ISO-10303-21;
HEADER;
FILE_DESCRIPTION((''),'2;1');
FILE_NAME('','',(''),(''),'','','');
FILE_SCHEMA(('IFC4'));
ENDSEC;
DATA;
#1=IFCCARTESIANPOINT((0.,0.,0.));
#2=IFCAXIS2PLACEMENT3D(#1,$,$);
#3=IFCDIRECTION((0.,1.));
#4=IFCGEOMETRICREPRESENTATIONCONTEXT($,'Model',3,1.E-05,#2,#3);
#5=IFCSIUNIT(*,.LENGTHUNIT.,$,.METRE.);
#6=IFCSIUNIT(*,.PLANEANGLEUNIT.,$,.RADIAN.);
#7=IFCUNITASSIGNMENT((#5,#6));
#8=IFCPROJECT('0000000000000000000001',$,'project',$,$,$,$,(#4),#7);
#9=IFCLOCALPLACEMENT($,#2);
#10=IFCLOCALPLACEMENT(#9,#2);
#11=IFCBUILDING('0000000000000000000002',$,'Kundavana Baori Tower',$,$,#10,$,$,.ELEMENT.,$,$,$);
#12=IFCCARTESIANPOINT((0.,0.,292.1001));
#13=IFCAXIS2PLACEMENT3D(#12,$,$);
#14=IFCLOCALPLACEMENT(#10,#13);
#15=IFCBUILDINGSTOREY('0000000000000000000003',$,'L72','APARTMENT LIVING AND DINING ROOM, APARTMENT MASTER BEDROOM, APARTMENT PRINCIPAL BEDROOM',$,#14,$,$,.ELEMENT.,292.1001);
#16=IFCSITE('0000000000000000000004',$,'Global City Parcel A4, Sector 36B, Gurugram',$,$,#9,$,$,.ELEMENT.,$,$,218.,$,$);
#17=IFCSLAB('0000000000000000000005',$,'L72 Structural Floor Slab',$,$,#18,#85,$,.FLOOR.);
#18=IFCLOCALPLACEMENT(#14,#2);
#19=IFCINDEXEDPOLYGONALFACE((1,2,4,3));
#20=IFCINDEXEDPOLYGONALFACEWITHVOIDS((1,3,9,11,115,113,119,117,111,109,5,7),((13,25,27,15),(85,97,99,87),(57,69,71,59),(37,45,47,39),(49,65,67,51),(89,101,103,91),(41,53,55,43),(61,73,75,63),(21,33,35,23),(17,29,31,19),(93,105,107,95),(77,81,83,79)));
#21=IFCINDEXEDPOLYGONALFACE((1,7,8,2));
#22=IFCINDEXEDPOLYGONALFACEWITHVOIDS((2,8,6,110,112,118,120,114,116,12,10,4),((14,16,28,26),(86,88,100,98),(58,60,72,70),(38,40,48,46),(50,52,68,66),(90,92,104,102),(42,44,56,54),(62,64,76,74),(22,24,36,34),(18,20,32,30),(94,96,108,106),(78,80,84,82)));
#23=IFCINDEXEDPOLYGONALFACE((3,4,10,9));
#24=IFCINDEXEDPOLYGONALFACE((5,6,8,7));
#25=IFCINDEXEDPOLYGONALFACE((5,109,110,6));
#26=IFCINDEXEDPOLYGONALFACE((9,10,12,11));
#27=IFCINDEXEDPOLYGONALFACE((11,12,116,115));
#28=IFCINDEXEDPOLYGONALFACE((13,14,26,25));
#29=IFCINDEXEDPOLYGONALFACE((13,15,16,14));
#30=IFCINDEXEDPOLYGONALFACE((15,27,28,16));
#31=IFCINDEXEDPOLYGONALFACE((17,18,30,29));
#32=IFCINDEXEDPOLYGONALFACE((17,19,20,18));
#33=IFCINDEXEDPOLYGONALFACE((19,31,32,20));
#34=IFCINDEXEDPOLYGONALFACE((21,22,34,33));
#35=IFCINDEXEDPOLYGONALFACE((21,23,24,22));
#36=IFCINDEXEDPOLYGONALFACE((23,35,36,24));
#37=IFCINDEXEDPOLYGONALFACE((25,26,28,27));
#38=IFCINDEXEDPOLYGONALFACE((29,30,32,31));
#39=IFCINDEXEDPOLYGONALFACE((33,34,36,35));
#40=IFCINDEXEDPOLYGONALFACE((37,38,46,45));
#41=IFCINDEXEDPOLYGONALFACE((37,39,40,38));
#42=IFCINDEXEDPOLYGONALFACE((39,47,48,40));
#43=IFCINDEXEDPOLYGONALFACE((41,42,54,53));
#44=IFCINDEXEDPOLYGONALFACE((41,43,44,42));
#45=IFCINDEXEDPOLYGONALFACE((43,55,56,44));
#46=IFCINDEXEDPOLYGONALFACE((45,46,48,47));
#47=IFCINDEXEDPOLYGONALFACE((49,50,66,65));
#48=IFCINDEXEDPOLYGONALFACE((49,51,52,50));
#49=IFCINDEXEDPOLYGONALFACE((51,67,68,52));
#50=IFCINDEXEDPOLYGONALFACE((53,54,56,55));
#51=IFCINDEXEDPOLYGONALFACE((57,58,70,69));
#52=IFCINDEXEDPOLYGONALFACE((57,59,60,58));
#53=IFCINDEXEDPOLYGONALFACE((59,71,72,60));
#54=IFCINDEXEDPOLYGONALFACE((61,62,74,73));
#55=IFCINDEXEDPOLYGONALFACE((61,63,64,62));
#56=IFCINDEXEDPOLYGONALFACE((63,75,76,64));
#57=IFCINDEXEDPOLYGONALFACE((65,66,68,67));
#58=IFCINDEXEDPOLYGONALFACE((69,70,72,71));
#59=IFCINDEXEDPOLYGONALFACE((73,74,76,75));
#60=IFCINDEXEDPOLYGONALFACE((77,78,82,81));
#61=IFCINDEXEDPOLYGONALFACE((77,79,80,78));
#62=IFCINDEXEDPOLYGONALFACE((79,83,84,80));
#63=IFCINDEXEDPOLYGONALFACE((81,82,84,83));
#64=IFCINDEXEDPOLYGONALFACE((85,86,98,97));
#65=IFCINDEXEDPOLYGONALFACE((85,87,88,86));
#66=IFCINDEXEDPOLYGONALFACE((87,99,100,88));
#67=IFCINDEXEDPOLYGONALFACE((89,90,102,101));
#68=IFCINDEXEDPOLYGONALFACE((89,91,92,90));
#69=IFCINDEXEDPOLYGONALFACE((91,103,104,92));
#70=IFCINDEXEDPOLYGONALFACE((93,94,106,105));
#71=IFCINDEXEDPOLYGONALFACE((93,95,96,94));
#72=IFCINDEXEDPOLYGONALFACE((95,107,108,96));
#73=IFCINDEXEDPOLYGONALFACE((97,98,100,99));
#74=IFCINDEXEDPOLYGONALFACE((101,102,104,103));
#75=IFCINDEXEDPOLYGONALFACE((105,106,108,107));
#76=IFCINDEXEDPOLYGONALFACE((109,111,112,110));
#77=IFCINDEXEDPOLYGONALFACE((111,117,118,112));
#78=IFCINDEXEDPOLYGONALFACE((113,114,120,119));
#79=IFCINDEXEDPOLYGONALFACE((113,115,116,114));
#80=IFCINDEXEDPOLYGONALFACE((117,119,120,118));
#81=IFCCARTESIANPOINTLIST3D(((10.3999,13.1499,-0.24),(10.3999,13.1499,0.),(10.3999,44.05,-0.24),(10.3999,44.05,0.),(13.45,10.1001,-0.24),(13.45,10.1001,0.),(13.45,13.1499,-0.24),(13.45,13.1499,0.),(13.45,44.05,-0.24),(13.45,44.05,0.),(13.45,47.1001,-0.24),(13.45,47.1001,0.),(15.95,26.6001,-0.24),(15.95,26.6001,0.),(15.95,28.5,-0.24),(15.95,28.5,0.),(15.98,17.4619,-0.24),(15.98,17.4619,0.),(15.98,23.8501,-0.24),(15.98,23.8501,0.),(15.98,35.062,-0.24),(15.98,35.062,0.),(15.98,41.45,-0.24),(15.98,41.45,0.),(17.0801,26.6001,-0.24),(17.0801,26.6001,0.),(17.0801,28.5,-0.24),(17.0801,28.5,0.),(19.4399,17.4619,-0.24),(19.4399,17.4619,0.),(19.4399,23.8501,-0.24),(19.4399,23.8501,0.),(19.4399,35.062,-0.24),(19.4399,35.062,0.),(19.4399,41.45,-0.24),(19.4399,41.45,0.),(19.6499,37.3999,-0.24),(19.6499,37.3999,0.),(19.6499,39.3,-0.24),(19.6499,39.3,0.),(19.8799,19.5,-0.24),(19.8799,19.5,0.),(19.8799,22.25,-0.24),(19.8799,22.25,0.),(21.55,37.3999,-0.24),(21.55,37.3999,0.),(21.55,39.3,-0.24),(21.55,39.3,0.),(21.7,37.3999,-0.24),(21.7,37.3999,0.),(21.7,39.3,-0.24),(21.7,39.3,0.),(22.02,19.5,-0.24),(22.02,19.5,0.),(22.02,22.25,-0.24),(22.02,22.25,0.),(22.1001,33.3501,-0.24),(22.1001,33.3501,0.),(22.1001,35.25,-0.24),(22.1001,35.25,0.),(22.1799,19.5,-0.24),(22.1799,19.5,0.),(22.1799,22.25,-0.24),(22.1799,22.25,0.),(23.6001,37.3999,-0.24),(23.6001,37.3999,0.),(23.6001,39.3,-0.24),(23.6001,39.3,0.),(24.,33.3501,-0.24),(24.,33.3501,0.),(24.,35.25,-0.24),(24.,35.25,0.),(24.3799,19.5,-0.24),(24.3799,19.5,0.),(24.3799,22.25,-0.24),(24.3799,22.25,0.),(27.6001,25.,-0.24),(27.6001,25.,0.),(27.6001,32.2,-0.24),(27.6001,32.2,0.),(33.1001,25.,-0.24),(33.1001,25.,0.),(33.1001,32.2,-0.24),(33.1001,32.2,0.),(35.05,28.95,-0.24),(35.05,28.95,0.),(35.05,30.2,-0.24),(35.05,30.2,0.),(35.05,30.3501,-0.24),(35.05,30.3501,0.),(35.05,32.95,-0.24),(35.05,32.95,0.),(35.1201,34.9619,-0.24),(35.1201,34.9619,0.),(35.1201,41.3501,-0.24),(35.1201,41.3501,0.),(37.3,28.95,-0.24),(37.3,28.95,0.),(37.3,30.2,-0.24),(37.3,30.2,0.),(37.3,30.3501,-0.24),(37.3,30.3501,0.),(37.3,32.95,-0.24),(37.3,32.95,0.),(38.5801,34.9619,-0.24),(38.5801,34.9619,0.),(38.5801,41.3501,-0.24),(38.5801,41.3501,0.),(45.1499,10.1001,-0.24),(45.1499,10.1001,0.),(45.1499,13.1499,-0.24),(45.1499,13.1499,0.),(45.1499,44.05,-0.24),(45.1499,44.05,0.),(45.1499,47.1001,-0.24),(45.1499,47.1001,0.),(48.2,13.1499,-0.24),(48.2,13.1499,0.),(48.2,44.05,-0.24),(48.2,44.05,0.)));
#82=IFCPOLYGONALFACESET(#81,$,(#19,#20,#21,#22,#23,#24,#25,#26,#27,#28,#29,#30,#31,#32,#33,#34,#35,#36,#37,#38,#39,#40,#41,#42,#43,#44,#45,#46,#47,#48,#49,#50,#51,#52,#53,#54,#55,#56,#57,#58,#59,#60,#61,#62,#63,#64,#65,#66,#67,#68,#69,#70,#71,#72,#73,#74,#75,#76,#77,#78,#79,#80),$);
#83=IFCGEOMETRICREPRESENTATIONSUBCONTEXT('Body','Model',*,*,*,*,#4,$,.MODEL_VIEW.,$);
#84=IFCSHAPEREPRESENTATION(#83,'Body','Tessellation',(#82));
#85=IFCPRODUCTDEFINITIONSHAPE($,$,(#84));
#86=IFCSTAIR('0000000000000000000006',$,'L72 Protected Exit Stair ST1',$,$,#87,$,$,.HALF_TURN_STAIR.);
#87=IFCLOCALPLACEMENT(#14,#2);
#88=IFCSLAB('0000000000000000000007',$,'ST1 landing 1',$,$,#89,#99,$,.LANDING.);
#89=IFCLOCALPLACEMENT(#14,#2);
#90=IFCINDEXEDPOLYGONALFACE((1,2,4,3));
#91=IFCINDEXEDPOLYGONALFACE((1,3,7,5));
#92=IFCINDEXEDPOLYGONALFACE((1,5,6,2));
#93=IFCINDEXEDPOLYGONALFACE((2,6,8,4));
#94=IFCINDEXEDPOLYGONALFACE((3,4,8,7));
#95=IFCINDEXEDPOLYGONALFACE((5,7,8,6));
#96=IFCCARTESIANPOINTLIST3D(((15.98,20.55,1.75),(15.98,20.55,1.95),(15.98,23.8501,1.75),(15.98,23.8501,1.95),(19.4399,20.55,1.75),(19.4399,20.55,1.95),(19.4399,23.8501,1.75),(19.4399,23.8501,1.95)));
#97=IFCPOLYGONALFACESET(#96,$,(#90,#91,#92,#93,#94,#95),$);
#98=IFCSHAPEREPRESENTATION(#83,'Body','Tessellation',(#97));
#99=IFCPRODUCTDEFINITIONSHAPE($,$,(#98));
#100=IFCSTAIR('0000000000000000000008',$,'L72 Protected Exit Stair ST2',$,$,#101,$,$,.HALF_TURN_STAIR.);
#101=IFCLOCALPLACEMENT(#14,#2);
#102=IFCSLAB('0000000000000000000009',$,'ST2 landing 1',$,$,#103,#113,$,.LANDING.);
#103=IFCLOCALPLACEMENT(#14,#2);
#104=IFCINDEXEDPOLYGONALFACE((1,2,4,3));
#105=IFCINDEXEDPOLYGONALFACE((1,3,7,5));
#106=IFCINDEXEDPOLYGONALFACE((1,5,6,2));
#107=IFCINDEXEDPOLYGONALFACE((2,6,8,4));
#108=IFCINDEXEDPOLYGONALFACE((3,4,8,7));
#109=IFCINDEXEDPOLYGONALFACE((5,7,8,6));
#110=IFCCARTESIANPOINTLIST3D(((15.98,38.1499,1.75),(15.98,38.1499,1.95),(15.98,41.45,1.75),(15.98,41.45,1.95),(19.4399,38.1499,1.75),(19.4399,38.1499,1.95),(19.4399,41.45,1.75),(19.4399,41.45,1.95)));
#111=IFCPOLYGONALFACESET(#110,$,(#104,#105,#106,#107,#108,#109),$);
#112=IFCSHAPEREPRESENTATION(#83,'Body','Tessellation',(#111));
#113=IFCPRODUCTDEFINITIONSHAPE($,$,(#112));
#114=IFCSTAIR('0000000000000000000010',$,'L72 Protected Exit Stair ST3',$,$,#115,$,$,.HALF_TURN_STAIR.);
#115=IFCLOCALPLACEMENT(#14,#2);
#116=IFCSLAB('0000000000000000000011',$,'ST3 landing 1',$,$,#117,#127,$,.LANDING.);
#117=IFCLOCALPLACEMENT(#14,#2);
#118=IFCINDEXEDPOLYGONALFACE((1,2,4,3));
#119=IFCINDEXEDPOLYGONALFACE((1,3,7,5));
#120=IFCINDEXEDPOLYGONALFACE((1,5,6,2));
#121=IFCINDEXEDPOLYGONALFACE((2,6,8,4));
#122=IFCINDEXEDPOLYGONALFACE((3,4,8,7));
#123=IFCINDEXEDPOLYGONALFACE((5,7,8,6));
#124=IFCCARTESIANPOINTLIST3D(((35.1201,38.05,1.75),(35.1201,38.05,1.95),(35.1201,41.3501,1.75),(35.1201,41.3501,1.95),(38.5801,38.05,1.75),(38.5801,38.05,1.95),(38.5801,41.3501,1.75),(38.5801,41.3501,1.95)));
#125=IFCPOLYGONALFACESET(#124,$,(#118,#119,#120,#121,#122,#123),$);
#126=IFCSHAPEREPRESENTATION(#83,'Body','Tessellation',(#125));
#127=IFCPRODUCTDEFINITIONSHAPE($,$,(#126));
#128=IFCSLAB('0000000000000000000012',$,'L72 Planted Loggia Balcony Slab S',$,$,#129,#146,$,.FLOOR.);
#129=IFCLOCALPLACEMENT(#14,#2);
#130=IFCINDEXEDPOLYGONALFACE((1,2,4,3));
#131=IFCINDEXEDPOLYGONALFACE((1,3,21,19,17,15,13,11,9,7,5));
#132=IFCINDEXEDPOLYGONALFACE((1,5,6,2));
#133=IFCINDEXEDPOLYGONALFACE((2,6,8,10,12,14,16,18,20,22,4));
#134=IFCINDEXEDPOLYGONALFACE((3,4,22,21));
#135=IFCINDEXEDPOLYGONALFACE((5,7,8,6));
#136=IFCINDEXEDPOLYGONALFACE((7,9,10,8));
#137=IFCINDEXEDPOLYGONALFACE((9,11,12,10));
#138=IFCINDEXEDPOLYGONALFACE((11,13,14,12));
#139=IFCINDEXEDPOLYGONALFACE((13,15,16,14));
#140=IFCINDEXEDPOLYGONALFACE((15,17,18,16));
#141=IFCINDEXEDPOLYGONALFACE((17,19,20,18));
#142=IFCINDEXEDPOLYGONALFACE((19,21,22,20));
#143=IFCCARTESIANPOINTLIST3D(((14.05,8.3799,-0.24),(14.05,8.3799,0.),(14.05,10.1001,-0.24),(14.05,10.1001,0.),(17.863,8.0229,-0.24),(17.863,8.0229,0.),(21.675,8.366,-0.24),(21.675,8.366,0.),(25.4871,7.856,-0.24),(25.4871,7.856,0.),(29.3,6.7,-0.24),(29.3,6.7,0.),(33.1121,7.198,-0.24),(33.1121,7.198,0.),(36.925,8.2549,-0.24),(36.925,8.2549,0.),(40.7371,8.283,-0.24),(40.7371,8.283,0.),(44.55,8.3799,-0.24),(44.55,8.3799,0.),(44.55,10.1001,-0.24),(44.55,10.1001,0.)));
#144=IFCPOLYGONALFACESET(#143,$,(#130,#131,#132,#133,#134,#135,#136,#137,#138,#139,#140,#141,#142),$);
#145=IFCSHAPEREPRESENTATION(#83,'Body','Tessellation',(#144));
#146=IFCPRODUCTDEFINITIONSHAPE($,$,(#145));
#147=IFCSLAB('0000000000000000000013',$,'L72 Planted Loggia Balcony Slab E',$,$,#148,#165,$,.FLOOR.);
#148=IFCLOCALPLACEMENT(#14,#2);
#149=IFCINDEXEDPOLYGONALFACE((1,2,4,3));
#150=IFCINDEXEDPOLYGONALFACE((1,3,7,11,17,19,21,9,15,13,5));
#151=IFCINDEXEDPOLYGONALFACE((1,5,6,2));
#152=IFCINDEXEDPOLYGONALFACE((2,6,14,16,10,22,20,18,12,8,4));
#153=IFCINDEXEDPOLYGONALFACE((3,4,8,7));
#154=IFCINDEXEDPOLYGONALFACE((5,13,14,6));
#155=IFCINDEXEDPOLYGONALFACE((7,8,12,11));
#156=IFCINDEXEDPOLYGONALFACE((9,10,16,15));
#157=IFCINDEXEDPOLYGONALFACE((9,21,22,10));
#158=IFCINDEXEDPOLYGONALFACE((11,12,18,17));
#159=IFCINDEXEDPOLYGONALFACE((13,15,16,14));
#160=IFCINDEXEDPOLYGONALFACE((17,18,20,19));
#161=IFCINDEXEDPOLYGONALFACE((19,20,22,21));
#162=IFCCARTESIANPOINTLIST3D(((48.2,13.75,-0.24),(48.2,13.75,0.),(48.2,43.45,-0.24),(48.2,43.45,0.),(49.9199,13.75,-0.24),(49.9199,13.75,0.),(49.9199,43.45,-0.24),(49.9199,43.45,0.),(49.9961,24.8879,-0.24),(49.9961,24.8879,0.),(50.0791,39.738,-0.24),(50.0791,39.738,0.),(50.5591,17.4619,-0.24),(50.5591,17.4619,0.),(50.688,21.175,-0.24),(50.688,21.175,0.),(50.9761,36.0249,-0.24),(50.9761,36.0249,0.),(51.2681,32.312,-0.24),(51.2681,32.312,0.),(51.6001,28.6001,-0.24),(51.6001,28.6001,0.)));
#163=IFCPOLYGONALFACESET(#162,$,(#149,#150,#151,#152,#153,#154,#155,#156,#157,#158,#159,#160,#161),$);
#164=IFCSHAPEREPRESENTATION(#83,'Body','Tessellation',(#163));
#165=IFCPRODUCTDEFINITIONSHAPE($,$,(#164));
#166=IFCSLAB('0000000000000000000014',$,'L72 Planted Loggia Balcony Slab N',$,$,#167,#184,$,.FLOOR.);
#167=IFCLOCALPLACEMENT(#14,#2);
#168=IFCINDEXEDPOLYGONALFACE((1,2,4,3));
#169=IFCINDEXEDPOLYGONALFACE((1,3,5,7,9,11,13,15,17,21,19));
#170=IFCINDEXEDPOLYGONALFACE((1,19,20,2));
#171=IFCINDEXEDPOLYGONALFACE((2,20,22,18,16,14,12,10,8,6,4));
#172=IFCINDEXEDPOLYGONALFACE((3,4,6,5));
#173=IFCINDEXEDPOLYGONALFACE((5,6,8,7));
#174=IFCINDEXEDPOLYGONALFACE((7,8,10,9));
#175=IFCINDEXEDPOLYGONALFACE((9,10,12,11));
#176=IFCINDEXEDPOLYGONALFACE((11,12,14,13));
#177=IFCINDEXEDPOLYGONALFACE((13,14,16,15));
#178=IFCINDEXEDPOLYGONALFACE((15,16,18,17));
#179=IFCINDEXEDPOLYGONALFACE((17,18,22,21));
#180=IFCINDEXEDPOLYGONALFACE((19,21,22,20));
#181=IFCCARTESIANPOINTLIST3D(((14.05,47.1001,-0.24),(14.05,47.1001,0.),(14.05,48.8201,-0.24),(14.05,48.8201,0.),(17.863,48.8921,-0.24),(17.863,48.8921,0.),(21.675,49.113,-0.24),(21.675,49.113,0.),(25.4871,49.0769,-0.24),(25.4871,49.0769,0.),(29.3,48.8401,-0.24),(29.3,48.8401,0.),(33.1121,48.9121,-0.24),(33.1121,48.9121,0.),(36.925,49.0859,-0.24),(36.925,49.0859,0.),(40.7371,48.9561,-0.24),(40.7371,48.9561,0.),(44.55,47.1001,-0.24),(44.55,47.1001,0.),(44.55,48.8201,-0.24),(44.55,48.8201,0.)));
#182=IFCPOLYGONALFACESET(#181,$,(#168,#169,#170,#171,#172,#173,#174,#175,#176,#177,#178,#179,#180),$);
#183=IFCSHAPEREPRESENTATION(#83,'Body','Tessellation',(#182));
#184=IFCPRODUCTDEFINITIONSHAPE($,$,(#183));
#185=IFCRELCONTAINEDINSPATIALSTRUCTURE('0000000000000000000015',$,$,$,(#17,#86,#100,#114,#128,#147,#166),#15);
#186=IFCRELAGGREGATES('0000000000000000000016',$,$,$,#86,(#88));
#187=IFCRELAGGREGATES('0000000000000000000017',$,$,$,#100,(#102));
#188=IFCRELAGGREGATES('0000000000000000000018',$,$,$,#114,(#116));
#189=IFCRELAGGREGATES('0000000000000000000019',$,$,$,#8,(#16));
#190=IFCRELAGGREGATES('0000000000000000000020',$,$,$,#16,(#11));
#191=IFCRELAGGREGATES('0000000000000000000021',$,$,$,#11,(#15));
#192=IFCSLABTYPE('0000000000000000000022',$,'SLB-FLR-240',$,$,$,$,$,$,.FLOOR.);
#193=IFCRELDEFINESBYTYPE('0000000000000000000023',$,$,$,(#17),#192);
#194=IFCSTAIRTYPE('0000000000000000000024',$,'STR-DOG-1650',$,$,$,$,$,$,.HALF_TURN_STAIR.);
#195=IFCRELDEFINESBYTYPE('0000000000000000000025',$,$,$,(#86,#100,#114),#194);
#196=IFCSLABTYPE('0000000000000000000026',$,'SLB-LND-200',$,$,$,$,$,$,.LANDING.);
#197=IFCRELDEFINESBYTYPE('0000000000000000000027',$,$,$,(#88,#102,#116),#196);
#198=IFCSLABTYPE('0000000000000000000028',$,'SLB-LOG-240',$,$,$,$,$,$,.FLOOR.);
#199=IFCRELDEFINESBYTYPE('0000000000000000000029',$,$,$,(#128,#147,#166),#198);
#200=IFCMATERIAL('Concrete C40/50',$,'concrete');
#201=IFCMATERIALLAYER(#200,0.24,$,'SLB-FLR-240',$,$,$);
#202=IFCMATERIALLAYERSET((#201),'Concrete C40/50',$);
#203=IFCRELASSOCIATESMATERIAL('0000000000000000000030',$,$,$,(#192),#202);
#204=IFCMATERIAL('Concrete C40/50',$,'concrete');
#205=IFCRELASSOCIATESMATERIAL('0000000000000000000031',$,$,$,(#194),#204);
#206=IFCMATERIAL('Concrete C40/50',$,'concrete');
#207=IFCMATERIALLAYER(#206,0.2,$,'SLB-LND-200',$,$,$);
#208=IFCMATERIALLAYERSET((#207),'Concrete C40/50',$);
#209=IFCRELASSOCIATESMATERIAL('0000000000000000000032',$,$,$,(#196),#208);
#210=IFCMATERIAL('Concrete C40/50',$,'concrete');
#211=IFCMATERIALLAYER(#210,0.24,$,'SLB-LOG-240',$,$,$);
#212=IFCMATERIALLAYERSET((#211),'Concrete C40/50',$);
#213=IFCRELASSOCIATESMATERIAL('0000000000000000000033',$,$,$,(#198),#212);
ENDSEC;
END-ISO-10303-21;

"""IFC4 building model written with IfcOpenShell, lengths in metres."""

from ifc_helpers import new_model, si_unit, direction, frame, origin, place, context, subcontext, project, spatial, polyline, outline, extrude, material, layer, layer_set, type_object, element, aggregate, save


model = new_model("IFC4")

# Units and contexts
model_context = context("Model", 3, precision=1e-05, world=origin(), true_north=direction((0.0, 1.0)))
body_context = subcontext(model_context, "Body", "Model", "MODEL_VIEW")
ifc_project = project(units=[si_unit("LENGTHUNIT", "METRE"), si_unit("PLANEANGLEUNIT", "RADIAN")], contexts=[model_context])

# Site, building, storey
site_placement = place(None, origin())
site = spatial("IfcSite", under=ifc_project, at=site_placement, Name="Global City Parcel A4, Sector 36B, Gurugram", CompositionType="ELEMENT", RefElevation=218.0)
building_placement = place(site_placement, origin())
building = spatial("IfcBuilding", under=site, at=building_placement, Name="Kundavana Baori Tower", CompositionType="ELEMENT")
storey_placement = place(building_placement, frame((0.0, 0.0, 292.1001)))
storey = spatial("IfcBuildingStorey", under=building, at=storey_placement, Name="L72", Description="APARTMENT LIVING AND DINING ROOM, APARTMENT MASTER BEDROOM, APARTMENT PRINCIPAL BEDROOM", CompositionType="ELEMENT", Elevation=292.1001)

# Slab
ifc_material_1 = material(Name="Concrete C40/50", Category="concrete")
ifc_layer_1 = layer(ifc_material_1, 0.24, Name="SLB-FLR-240")
ifc_layer_set_1 = layer_set([ifc_layer_1], Name="Concrete C40/50")
slab_type_1 = type_object("IfcSlabType", Name="SLB-FLR-240", PredefinedType="FLOOR", material=ifc_layer_set_1)
slab_1_placement = place(storey_placement, frame((0.0, 0.0, -0.24)))
element("IfcSlab", 1, at=slab_1_placement, inside=storey, type_object=slab_type_1, Name="L72 Structural Floor Slab", PredefinedType="FLOOR", context=body_context, shape_type="SweptSolid", body=[
    extrude(outline(polyline([(13.45, 10.1001), (45.1499, 10.1001), (45.1499, 13.1499), (48.2, 13.1499), (48.2, 44.05), (45.1499, 44.05), (45.1499, 47.1001), (13.45, 47.1001), (13.45, 44.05), (10.3999, 44.05), (10.3999, 13.1499), (13.45, 13.1499), (13.45, 10.1001)]), holes=[polyline([(19.4399, 17.4619), (19.4399, 23.8501), (15.98, 23.8501), (15.98, 17.4619), (19.4399, 17.4619)]), polyline([(19.4399, 35.062), (19.4399, 41.45), (15.98, 41.45), (15.98, 35.062), (19.4399, 35.062)]), polyline([(38.5801, 34.9619), (38.5801, 41.3501), (35.1201, 41.3501), (35.1201, 34.9619), (38.5801, 34.9619)]), polyline([(19.6499, 37.3999), (21.55, 37.3999), (21.55, 39.3), (19.6499, 39.3), (19.6499, 37.3999)]), polyline([(21.7, 37.3999), (23.6001, 37.3999), (23.6001, 39.3), (21.7, 39.3), (21.7, 37.3999)]), polyline([(22.1001, 33.3501), (24.0, 33.3501), (24.0, 35.25), (22.1001, 35.25), (22.1001, 33.3501)]), polyline([(19.8799, 19.5), (22.02, 19.5), (22.02, 22.25), (19.8799, 22.25), (19.8799, 19.5)]), polyline([(22.1799, 19.5), (24.3799, 19.5), (24.3799, 22.25), (22.1799, 22.25), (22.1799, 19.5)]), polyline([(35.05, 30.3501), (37.3, 30.3501), (37.3, 32.95), (35.05, 32.95), (35.05, 30.3501)]), polyline([(15.95, 26.6001), (17.0801, 26.6001), (17.0801, 28.5), (15.95, 28.5), (15.95, 26.6001)]), polyline([(35.05, 28.95), (37.3, 28.95), (37.3, 30.2), (35.05, 30.2), (35.05, 28.95)]), polyline([(27.6001, 25.0), (33.1001, 25.0), (33.1001, 32.2), (27.6001, 32.2), (27.6001, 25.0)])]), origin(), (0.0, 0.0, 1.0), 0.24),
])

# Stairs, slabs
ifc_material_2 = material(Name="Concrete C40/50", Category="concrete")
stair_type = type_object("IfcStairType", Name="STR-DOG-1650", PredefinedType="HALF_TURN_STAIR", material=ifc_material_2)
stair_1_placement = place(storey_placement, origin())
stair_1 = element("IfcStair", 2, at=stair_1_placement, inside=storey, type_object=stair_type, Name="L72 Protected Exit Stair ST1", PredefinedType="HALF_TURN_STAIR")
ifc_material_3 = material(Name="Concrete C40/50", Category="concrete")
ifc_layer_2 = layer(ifc_material_3, 0.2, Name="SLB-LND-200")
ifc_layer_set_2 = layer_set([ifc_layer_2], Name="Concrete C40/50")
slab_type_2 = type_object("IfcSlabType", Name="SLB-LND-200", PredefinedType="LANDING", material=ifc_layer_set_2)
slab_2_placement = place(storey_placement, frame((0.0, 0.0, 1.75)))
slab_2 = element("IfcSlab", 3, at=slab_2_placement, type_object=slab_type_2, Name="ST1 landing 1", PredefinedType="LANDING", context=body_context, shape_type="SweptSolid", body=[
    extrude(outline(polyline([(19.4399, 20.55), (19.4399, 23.8501), (15.98, 23.8501), (15.98, 20.55), (19.4399, 20.55)])), origin(), (0.0, 0.0, 1.0), 0.2),
])
aggregate(stair_1, [slab_2])
stair_2_placement = place(storey_placement, origin())
stair_2 = element("IfcStair", 4, at=stair_2_placement, inside=storey, type_object=stair_type, Name="L72 Protected Exit Stair ST2", PredefinedType="HALF_TURN_STAIR")
slab_3_placement = place(storey_placement, frame((0.0, 0.0, 1.75)))
slab_3 = element("IfcSlab", 5, at=slab_3_placement, type_object=slab_type_2, Name="ST2 landing 1", PredefinedType="LANDING", context=body_context, shape_type="SweptSolid", body=[
    extrude(outline(polyline([(19.4399, 38.1499), (19.4399, 41.45), (15.98, 41.45), (15.98, 38.1499), (19.4399, 38.1499)])), origin(), (0.0, 0.0, 1.0), 0.2),
])
aggregate(stair_2, [slab_3])
stair_3_placement = place(storey_placement, origin())
stair_3 = element("IfcStair", 6, at=stair_3_placement, inside=storey, type_object=stair_type, Name="L72 Protected Exit Stair ST3", PredefinedType="HALF_TURN_STAIR")
slab_4_placement = place(storey_placement, frame((0.0, 0.0, 1.75)))
slab_4 = element("IfcSlab", 7, at=slab_4_placement, type_object=slab_type_2, Name="ST3 landing 1", PredefinedType="LANDING", context=body_context, shape_type="SweptSolid", body=[
    extrude(outline(polyline([(38.5801, 38.05), (38.5801, 41.3501), (35.1201, 41.3501), (35.1201, 38.05), (38.5801, 38.05)])), origin(), (0.0, 0.0, 1.0), 0.2),
])
aggregate(stair_3, [slab_4])

# Slabs
ifc_material_4 = material(Name="Concrete C40/50", Category="concrete")
ifc_layer_3 = layer(ifc_material_4, 0.24, Name="SLB-LOG-240")
ifc_layer_set_3 = layer_set([ifc_layer_3], Name="Concrete C40/50")
slab_type_3 = type_object("IfcSlabType", Name="SLB-LOG-240", PredefinedType="FLOOR", material=ifc_layer_set_3)
slab_5_placement = place(storey_placement, frame((0.0, 0.0, -0.24)))
element("IfcSlab", 8, at=slab_5_placement, inside=storey, type_object=slab_type_3, Name="L72 Planted Loggia Balcony Slab S", PredefinedType="FLOOR", context=body_context, shape_type="SweptSolid", body=[
    extrude(outline(polyline([(14.05, 10.1001), (44.55, 10.1001), (44.55, 8.3799), (40.7371, 8.283), (36.925, 8.2549), (33.1121, 7.198), (29.3, 6.7), (25.4871, 7.856), (21.675, 8.366), (17.863, 8.0229), (14.05, 8.3799), (14.05, 10.1001)])), origin(), (0.0, 0.0, 1.0), 0.24),
])
slab_6_placement = place(storey_placement, frame((0.0, 0.0, -0.24)))
element("IfcSlab", 9, at=slab_6_placement, inside=storey, type_object=slab_type_3, Name="L72 Planted Loggia Balcony Slab E", PredefinedType="FLOOR", context=body_context, shape_type="SweptSolid", body=[
    extrude(outline(polyline([(48.2, 13.75), (48.2, 43.45), (49.9199, 43.45), (50.0791, 39.738), (50.9761, 36.0249), (51.2681, 32.312), (51.6001, 28.6001), (49.9961, 24.8879), (50.688, 21.175), (50.5591, 17.4619), (49.9199, 13.75), (48.2, 13.75)])), origin(), (0.0, 0.0, 1.0), 0.24),
])
slab_7_placement = place(storey_placement, frame((0.0, 0.0, -0.24)))
element("IfcSlab", 10, at=slab_7_placement, inside=storey, type_object=slab_type_3, Name="L72 Planted Loggia Balcony Slab N", PredefinedType="FLOOR", context=body_context, shape_type="SweptSolid", body=[
    extrude(outline(polyline([(44.55, 47.1001), (14.05, 47.1001), (14.05, 48.8201), (17.863, 48.8921), (21.675, 49.113), (25.4871, 49.0769), (29.3, 48.8401), (33.1121, 48.9121), (36.925, 49.0859), (40.7371, 48.9561), (44.55, 48.8201), (44.55, 47.1001)])), origin(), (0.0, 0.0, 1.0), 0.24),
])

save(model, "model.ifc")
